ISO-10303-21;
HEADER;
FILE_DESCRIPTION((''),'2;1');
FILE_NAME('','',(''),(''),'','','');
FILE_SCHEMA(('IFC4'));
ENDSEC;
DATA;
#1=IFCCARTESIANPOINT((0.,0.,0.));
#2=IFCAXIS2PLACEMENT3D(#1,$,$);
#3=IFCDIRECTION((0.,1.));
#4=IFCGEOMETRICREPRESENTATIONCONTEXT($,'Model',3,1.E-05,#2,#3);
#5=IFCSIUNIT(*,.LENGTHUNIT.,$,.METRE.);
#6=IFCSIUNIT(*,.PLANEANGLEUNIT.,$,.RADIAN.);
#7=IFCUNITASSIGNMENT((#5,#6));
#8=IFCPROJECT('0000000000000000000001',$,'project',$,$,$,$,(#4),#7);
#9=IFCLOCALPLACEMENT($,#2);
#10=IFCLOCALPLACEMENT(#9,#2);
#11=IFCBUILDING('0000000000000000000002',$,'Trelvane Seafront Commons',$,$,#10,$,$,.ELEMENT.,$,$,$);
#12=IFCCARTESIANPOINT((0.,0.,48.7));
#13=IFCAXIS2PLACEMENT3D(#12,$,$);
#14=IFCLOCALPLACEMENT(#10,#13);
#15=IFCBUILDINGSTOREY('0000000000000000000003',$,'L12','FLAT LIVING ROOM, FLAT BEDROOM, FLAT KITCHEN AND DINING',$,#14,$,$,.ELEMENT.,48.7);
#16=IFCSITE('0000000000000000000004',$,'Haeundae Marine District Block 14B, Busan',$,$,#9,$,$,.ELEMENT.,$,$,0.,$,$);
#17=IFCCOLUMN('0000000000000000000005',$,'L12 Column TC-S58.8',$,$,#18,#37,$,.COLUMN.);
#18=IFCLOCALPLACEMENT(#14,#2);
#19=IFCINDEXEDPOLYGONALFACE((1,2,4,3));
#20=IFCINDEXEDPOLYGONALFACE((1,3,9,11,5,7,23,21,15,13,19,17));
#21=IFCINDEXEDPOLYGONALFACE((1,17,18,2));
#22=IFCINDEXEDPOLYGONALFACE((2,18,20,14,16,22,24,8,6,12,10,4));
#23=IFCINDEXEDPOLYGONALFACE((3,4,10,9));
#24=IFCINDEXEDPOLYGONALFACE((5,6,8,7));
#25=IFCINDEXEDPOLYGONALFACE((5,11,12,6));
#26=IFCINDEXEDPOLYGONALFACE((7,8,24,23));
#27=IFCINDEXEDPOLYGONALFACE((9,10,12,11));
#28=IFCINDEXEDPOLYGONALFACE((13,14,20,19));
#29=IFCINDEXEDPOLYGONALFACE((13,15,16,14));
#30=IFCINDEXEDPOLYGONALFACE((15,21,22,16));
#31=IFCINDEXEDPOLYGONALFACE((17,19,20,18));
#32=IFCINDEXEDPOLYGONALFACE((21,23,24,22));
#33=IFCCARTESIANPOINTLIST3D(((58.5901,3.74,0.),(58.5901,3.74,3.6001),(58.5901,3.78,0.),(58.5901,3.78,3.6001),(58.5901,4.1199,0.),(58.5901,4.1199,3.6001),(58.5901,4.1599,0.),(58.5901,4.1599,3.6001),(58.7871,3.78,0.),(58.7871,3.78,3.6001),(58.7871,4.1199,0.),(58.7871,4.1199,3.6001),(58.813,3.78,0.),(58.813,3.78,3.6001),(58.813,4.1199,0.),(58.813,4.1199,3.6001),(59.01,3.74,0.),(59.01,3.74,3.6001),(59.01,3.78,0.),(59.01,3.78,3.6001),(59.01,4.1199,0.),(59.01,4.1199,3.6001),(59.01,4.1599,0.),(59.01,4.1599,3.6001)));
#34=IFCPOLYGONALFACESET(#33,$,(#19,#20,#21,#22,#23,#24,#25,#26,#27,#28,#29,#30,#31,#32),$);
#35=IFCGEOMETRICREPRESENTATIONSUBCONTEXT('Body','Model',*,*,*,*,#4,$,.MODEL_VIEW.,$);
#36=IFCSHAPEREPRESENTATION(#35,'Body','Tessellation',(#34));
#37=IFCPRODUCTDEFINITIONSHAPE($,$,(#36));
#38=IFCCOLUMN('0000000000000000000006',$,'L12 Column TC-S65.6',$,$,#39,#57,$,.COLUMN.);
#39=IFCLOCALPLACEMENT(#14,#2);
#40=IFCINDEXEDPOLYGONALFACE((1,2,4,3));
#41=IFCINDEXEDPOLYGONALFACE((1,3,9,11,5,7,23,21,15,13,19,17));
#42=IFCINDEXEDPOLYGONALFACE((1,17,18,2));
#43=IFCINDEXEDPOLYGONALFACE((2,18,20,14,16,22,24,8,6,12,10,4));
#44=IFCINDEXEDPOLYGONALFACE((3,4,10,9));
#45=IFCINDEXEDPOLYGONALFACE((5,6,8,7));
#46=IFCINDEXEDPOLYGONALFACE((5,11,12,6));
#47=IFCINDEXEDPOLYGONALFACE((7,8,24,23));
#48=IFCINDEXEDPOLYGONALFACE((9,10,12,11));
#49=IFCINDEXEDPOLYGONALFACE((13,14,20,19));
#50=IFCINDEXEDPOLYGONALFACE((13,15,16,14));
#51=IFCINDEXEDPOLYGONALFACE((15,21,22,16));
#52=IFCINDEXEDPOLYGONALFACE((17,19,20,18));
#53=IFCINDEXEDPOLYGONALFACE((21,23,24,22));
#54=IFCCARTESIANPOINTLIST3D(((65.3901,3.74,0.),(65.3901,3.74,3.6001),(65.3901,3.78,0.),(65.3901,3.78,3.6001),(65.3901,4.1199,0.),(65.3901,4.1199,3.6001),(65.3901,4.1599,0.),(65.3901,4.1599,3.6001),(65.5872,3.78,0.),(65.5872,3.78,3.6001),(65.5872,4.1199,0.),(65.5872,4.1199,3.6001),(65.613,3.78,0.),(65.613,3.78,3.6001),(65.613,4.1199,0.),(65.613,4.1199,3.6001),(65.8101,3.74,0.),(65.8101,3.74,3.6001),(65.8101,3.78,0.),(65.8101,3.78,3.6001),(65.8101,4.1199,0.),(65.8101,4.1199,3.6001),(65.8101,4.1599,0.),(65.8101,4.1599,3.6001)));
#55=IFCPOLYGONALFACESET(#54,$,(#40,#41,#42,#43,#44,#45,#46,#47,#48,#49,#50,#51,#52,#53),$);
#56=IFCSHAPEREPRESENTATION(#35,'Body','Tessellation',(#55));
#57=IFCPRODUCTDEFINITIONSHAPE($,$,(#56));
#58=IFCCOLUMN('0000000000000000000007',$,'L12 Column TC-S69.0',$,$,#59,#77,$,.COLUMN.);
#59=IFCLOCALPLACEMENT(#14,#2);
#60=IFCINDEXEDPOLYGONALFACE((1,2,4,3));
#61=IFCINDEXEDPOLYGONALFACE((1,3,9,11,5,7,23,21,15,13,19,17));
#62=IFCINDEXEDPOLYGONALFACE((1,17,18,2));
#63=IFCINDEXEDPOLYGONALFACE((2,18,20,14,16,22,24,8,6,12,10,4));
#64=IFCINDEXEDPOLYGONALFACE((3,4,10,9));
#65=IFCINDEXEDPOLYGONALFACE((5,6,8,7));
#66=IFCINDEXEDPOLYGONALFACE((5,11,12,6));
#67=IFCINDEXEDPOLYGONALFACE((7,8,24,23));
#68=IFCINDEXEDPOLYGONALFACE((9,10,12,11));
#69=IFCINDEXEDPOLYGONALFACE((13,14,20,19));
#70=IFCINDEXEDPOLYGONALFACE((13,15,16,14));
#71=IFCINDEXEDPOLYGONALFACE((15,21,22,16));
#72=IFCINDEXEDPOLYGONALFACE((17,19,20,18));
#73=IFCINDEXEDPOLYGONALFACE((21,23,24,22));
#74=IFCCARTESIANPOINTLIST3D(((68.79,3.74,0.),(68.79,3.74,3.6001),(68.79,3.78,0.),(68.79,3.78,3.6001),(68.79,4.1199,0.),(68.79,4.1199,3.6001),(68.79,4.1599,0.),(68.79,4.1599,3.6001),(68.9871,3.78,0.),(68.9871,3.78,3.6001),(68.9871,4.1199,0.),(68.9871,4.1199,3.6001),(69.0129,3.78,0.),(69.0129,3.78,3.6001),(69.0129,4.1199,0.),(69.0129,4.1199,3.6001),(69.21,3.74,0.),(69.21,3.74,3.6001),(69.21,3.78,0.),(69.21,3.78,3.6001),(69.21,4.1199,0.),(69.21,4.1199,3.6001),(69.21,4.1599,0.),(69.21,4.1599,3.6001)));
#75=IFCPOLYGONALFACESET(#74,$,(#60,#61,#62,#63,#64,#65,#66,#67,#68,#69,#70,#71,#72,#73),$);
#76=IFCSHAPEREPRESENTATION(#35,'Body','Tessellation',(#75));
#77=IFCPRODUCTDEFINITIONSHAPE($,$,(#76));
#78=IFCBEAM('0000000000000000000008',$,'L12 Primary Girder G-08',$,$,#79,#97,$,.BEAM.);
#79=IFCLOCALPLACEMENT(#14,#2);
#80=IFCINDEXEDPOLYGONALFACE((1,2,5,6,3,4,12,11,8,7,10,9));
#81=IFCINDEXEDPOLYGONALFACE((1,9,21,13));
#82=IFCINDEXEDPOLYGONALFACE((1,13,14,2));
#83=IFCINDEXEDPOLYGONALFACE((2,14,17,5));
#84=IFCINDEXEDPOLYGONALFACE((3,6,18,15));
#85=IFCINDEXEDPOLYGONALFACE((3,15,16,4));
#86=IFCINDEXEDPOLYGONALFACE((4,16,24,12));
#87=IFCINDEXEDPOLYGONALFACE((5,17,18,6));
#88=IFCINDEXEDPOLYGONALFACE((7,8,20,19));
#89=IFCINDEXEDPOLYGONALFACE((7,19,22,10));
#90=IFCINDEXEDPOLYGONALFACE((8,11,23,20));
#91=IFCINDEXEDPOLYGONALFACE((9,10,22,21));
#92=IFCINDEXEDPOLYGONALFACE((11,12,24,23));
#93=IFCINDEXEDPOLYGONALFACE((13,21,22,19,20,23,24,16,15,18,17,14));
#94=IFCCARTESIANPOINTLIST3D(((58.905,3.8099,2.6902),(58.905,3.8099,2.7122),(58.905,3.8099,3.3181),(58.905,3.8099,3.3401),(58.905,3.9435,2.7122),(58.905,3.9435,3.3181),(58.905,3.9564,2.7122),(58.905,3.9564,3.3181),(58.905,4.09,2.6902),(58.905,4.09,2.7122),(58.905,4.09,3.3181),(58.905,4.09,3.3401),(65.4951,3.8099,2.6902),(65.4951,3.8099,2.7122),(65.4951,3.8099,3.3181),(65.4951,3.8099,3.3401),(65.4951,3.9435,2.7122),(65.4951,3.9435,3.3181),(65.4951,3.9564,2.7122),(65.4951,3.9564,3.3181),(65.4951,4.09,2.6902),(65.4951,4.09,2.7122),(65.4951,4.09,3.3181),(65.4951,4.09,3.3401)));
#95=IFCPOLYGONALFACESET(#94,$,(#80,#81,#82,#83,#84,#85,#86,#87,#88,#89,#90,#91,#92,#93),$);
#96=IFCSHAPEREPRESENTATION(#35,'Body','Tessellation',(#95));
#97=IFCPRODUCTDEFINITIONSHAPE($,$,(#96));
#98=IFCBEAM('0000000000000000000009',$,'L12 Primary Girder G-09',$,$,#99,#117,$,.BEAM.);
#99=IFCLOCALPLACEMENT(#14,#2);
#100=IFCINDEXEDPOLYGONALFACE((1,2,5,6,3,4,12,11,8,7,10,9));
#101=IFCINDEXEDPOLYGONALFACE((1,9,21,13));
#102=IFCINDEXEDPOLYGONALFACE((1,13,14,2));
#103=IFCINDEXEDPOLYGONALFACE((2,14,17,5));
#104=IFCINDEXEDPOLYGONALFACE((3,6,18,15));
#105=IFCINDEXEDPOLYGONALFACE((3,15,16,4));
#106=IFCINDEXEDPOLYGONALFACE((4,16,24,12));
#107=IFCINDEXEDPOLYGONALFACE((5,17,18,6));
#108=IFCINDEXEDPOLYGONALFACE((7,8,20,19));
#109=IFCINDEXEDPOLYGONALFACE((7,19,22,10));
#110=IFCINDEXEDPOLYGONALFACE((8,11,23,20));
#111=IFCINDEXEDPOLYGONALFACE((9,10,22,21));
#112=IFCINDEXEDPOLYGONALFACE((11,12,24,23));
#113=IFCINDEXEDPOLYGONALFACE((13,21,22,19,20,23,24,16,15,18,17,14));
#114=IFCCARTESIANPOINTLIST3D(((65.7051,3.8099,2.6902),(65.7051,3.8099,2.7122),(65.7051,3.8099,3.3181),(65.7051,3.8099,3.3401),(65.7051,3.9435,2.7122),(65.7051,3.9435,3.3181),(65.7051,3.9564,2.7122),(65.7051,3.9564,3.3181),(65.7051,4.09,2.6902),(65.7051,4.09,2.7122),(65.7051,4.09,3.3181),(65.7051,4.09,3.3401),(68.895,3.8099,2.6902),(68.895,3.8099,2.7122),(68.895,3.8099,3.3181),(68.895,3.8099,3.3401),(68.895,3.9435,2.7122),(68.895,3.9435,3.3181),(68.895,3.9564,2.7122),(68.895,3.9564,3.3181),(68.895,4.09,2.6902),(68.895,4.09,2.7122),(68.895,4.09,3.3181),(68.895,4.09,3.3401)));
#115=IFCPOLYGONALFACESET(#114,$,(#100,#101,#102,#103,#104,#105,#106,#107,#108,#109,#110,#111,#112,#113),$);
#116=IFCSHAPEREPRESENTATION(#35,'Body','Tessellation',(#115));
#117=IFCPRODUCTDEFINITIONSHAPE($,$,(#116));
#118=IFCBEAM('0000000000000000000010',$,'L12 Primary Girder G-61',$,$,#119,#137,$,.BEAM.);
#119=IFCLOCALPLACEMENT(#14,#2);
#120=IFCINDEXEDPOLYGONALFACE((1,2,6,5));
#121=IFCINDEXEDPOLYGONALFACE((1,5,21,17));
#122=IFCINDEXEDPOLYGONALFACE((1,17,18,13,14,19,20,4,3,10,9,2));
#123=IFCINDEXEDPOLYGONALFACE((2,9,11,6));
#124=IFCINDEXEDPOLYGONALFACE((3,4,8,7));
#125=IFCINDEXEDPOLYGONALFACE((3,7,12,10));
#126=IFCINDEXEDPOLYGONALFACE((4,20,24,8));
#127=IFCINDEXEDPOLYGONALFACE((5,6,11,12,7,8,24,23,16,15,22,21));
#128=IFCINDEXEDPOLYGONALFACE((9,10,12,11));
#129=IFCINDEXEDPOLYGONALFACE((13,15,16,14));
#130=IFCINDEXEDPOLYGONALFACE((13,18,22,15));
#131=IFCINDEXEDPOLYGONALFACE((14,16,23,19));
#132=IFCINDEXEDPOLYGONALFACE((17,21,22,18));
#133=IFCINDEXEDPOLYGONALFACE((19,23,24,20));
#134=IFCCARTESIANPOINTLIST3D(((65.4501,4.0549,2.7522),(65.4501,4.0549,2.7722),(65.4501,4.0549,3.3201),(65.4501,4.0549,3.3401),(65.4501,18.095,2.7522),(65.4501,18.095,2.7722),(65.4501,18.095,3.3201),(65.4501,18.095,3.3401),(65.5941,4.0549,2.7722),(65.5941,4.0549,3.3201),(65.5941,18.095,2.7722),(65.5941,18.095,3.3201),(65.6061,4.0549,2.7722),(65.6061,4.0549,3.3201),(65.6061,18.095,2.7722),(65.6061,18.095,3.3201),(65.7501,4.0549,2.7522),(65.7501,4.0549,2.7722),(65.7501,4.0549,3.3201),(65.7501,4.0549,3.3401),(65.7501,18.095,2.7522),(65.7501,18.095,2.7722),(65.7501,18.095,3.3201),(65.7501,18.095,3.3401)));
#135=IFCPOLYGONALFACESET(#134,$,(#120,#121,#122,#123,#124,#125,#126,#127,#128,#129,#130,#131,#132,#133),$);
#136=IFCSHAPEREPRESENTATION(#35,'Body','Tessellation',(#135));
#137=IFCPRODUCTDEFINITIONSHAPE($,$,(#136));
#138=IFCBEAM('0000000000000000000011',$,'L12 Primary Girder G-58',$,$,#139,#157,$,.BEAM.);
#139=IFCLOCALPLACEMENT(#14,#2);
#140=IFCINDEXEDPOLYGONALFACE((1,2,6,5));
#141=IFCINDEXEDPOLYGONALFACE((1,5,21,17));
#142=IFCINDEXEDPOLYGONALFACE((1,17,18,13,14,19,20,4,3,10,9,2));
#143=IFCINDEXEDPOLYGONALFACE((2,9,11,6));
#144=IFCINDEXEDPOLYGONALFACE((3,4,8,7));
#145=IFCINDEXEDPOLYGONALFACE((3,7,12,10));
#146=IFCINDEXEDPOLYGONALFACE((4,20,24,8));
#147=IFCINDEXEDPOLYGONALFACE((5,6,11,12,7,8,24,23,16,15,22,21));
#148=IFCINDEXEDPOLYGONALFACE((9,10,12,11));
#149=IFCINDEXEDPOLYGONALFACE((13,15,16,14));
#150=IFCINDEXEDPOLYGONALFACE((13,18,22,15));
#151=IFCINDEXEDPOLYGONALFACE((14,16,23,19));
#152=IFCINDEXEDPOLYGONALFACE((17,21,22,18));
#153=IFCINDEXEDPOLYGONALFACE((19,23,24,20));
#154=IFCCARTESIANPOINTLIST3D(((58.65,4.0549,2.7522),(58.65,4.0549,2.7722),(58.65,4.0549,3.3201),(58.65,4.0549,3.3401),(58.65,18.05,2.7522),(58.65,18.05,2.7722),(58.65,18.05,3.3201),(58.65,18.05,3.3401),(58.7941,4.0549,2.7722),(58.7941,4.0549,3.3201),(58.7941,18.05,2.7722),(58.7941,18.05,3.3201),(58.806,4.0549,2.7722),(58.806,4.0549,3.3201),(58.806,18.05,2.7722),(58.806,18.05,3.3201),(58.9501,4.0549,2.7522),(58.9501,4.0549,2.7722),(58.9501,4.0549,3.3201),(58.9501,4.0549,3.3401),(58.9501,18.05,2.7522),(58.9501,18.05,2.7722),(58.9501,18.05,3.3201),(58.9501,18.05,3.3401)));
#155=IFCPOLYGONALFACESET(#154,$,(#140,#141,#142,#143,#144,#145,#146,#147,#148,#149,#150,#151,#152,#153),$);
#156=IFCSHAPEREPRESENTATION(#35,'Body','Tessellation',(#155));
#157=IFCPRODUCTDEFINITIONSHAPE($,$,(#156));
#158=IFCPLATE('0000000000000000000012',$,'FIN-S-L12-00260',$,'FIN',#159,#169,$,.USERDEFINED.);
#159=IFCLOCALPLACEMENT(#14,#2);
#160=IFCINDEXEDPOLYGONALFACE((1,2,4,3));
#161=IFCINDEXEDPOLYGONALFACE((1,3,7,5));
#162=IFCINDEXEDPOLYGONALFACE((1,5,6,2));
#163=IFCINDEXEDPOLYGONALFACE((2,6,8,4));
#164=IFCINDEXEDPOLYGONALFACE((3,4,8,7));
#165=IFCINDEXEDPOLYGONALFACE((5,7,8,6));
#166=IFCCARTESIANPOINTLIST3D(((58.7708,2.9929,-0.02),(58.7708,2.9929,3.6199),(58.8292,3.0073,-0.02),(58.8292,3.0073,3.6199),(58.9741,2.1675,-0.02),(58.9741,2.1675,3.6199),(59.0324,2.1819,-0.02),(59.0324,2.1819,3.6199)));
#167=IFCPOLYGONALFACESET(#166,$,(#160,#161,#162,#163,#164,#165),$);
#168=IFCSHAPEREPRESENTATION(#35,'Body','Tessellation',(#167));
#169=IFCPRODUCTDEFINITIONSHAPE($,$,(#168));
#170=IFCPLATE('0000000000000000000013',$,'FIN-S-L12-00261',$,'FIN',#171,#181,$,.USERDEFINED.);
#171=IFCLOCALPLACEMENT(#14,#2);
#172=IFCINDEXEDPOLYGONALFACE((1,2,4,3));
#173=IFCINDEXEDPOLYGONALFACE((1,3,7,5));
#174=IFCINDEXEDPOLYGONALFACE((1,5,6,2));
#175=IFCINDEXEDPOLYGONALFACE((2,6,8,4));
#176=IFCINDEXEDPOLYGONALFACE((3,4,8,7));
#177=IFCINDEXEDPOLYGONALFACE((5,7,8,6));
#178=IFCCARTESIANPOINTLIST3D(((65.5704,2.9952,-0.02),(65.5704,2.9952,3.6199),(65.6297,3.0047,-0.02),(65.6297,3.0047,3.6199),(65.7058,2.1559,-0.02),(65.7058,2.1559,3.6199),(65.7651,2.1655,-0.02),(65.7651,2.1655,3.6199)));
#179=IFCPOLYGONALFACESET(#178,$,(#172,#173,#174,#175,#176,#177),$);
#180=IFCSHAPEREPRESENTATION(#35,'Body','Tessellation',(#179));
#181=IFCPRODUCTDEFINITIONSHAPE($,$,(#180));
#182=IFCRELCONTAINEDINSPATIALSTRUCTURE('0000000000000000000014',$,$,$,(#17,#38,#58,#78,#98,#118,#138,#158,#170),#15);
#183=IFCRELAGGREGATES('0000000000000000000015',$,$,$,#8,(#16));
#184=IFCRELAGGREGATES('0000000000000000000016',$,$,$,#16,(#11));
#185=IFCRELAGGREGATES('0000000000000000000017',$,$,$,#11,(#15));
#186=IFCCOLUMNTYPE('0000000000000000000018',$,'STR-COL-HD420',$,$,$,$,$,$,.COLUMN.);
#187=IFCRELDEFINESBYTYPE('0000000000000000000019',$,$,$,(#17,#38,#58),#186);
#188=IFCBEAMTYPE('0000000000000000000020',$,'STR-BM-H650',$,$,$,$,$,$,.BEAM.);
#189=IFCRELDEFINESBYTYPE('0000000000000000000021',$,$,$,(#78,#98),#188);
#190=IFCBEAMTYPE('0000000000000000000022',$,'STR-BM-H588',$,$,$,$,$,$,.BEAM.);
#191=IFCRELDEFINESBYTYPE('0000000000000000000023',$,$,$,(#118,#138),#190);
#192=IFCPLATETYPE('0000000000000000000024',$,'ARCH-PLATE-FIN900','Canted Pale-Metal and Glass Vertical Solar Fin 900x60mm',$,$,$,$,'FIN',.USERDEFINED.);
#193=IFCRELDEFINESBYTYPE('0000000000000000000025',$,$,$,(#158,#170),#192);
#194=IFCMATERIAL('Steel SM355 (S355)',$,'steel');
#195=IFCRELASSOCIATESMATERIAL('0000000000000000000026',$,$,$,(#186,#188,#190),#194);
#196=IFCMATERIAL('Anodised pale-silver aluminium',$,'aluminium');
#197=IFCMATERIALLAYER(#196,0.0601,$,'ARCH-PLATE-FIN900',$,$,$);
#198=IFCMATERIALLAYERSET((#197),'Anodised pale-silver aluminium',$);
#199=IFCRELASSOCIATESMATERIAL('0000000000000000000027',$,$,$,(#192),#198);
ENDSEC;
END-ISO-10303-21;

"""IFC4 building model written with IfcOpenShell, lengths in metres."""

from ifc_helpers import new_model, si_unit, direction, frame, origin, origin_2d, place, context, subcontext, project, spatial, rectangle, i_section, extrude, source, transform, mapped, material, layer, layer_set, material_profile, profile_set, type_object, element, save


model = new_model("IFC4")

# Units and contexts
model_context = context("Model", 3, precision=1e-05, world=origin(), true_north=direction((0.0, 1.0)))
body_context = subcontext(model_context, "Body", "Model", "MODEL_VIEW")
ifc_project = project(units=[si_unit("LENGTHUNIT", "METRE"), si_unit("PLANEANGLEUNIT", "RADIAN")], contexts=[model_context])

# Site, building, storey
site_placement = place(None, origin())
site = spatial("IfcSite", under=ifc_project, at=site_placement, Name="Haeundae Marine District Block 14B, Busan", CompositionType="ELEMENT", RefElevation=0.0)
building_placement = place(site_placement, origin())
building = spatial("IfcBuilding", under=site, at=building_placement, Name="Trelvane Seafront Commons", CompositionType="ELEMENT")
storey_placement = place(building_placement, frame((0.0, 0.0, 48.7)))
storey = spatial("IfcBuildingStorey", under=building, at=storey_placement, Name="L12", Description="FLAT LIVING ROOM, FLAT BEDROOM, FLAT KITCHEN AND DINING", CompositionType="ELEMENT", Elevation=48.7)

# Columns
ifc_material_1 = material(Name="Steel SM355 (S355)", Category="steel")
ifc_material_profile_1 = material_profile(ifc_material_1, i_section(OverallWidth=0.4199, OverallDepth=0.4199, WebThickness=0.0259, FlangeThickness=0.04, at=origin_2d()), Name="HD-420x420x26x40")
ifc_profile_set_1 = profile_set([ifc_material_profile_1], Name="Steel SM355 (S355)")
column_type = type_object("IfcColumnType", Name="STR-COL-HD420", PredefinedType="COLUMN", material=ifc_profile_set_1)
shared_shape_1 = source(origin(), body_context, "Body", "SweptSolid", [
    extrude(i_section(OverallWidth=0.4199, OverallDepth=0.4199, WebThickness=0.0259, FlangeThickness=0.04, at=origin_2d()), origin(), (0.0, 0.0, 1.0), 3.6001),
])
for number, where, z_axis, x_axis, name in (
    (1, (58.8, 3.95, 0.0), (0.0, 0.0, 1.0), (1.0, 0.0, 0.0), "L12 Column TC-S58.8"),
    (2, (65.6001, 3.95, 0.0), (0.0, 0.0, 1.0), (1.0, 0.0, 0.0), "L12 Column TC-S65.6"),
    (3, (69.0, 3.95, 0.0), (0.0, 0.0, 1.0), (1.0, 0.0, 0.0), "L12 Column TC-S69.0"),
):
    element("IfcColumn", number, at=place(storey_placement, frame(where, z_axis=z_axis, x_axis=x_axis)), inside=storey, type_object=column_type, Name=name, PredefinedType="COLUMN", context=body_context, shape_type="MappedRepresentation", body=[
        mapped(shared_shape_1, transform((0.0, 0.0, 0.0), x_axis=(1.0, 0.0, 0.0), y_axis=(0.0, 1.0, 0.0), z_axis=(0.0, 0.0, 1.0), scale=1.0)),
    ])

# Beams
ifc_material_profile_2 = material_profile(ifc_material_1, i_section(OverallWidth=0.28, OverallDepth=0.6499, WebThickness=0.0129, FlangeThickness=0.022, at=origin_2d()), Name="H-650x280x13x22")
ifc_profile_set_2 = profile_set([ifc_material_profile_2], Name="Steel SM355 (S355)")
beam_type_1 = type_object("IfcBeamType", Name="STR-BM-H650", PredefinedType="BEAM", material=ifc_profile_set_2)
shared_shape_2 = source(origin(), body_context, "Body", "SweptSolid", [
    extrude(i_section(OverallWidth=0.28, OverallDepth=0.6499, WebThickness=0.0129, FlangeThickness=0.022, at=origin_2d()), origin(), (0.0, 0.0, 1.0), 6.5901),
])
beam_1_placement = place(storey_placement, frame((58.905, 3.95, 3.0151), z_axis=(1.0, 0.0, 0.0), x_axis=(0.0, 1.0, 0.0)))
element("IfcBeam", 4, at=beam_1_placement, inside=storey, type_object=beam_type_1, Name="L12 Primary Girder G-08", PredefinedType="BEAM", context=body_context, shape_type="MappedRepresentation", body=[
    mapped(shared_shape_2, transform((0.0, 0.0, 0.0), x_axis=(1.0, 0.0, 0.0), y_axis=(0.0, 1.0, 0.0), z_axis=(0.0, 0.0, 1.0), scale=1.0)),
])
shared_shape_3 = source(origin(), body_context, "Body", "SweptSolid", [
    extrude(i_section(OverallWidth=0.28, OverallDepth=0.6499, WebThickness=0.0129, FlangeThickness=0.022, at=origin_2d()), origin(), (0.0, 0.0, 1.0), 3.1899),
])
beam_2_placement = place(storey_placement, frame((65.7051, 3.95, 3.0151), z_axis=(1.0, 0.0, 0.0), x_axis=(0.0, 1.0, 0.0)))
element("IfcBeam", 5, at=beam_2_placement, inside=storey, type_object=beam_type_1, Name="L12 Primary Girder G-09", PredefinedType="BEAM", context=body_context, shape_type="MappedRepresentation", body=[
    mapped(shared_shape_3, transform((0.0, 0.0, 0.0), x_axis=(1.0, 0.0, 0.0), y_axis=(0.0, 1.0, 0.0), z_axis=(0.0, 0.0, 1.0), scale=1.0)),
])
ifc_material_profile_3 = material_profile(ifc_material_1, i_section(OverallWidth=0.3, OverallDepth=0.5879, WebThickness=0.012, FlangeThickness=0.02, at=origin_2d()), Name="H-588x300x12x20")
ifc_profile_set_3 = profile_set([ifc_material_profile_3], Name="Steel SM355 (S355)")
beam_type_2 = type_object("IfcBeamType", Name="STR-BM-H588", PredefinedType="BEAM", material=ifc_profile_set_3)
shared_shape_4 = source(origin(), body_context, "Body", "SweptSolid", [
    extrude(i_section(OverallWidth=0.3, OverallDepth=0.5879, WebThickness=0.012, FlangeThickness=0.02, at=origin_2d()), origin(), (0.0, 0.0, 1.0), 14.04),
])
beam_3_placement = place(storey_placement, frame((65.6001, 4.0549, 3.0461), z_axis=(0.0, 1.0, 0.0), x_axis=(-1.0, 0.0, 0.0)))
element("IfcBeam", 6, at=beam_3_placement, inside=storey, type_object=beam_type_2, Name="L12 Primary Girder G-61", PredefinedType="BEAM", context=body_context, shape_type="MappedRepresentation", body=[
    mapped(shared_shape_4, transform((0.0, 0.0, 0.0), x_axis=(1.0, 0.0, 0.0), y_axis=(0.0, 1.0, 0.0), z_axis=(0.0, 0.0, 1.0), scale=1.0)),
])
shared_shape_5 = source(origin(), body_context, "Body", "SweptSolid", [
    extrude(i_section(OverallWidth=0.3, OverallDepth=0.5879, WebThickness=0.012, FlangeThickness=0.02, at=origin_2d()), origin(), (0.0, 0.0, 1.0), 13.9951),
])
beam_4_placement = place(storey_placement, frame((58.8, 4.0549, 3.0461), z_axis=(0.0, 1.0, 0.0), x_axis=(-1.0, 0.0, 0.0)))
element("IfcBeam", 7, at=beam_4_placement, inside=storey, type_object=beam_type_2, Name="L12 Primary Girder G-58", PredefinedType="BEAM", context=body_context, shape_type="MappedRepresentation", body=[
    mapped(shared_shape_5, transform((0.0, 0.0, 0.0), x_axis=(1.0, 0.0, 0.0), y_axis=(0.0, 1.0, 0.0), z_axis=(0.0, 0.0, 1.0), scale=1.0)),
])

# Plates
ifc_material_2 = material(Name="Anodised pale-silver aluminium", Category="aluminium")
ifc_layer_1 = layer(ifc_material_2, 0.0601, Name="ARCH-PLATE-FIN900")
ifc_layer_set_1 = layer_set([ifc_layer_1], Name="Anodised pale-silver aluminium")
plate_type = type_object("IfcPlateType", Name="ARCH-PLATE-FIN900", Description="Canted Pale-Metal and Glass Vertical Solar Fin 900x60mm", ElementType="FIN", PredefinedType="USERDEFINED", material=ifc_layer_set_1)
shared_shape_6 = source(origin(), body_context, "Body", "SweptSolid", [
    extrude(rectangle(XDim=0.8501, YDim=0.0601, at=origin_2d()), origin(), (0.0, 0.0, 1.0), 3.6399),
])
for number, where, z_axis, x_axis, name in (
    (8, (58.9016, 2.5874, -0.02), (0.0, 0.0, 1.0), (0.239047, -0.971008, 0.0), "FIN-S-L12-00260"),
    (9, (65.6677, 2.5803, -0.02), (0.0, 0.0, 1.0), (0.159302, -0.98723, 0.0), "FIN-S-L12-00261"),
):
    element("IfcPlate", number, at=place(storey_placement, frame(where, z_axis=z_axis, x_axis=x_axis)), inside=storey, type_object=plate_type, Name=name, ObjectType="FIN", PredefinedType="USERDEFINED", context=body_context, shape_type="MappedRepresentation", body=[
        mapped(shared_shape_6, transform((0.0, 0.0, 0.0), x_axis=(1.0, 0.0, 0.0), y_axis=(0.0, 1.0, 0.0), z_axis=(0.0, 0.0, 1.0), scale=1.0)),
    ])

save(model, "model.ifc")
